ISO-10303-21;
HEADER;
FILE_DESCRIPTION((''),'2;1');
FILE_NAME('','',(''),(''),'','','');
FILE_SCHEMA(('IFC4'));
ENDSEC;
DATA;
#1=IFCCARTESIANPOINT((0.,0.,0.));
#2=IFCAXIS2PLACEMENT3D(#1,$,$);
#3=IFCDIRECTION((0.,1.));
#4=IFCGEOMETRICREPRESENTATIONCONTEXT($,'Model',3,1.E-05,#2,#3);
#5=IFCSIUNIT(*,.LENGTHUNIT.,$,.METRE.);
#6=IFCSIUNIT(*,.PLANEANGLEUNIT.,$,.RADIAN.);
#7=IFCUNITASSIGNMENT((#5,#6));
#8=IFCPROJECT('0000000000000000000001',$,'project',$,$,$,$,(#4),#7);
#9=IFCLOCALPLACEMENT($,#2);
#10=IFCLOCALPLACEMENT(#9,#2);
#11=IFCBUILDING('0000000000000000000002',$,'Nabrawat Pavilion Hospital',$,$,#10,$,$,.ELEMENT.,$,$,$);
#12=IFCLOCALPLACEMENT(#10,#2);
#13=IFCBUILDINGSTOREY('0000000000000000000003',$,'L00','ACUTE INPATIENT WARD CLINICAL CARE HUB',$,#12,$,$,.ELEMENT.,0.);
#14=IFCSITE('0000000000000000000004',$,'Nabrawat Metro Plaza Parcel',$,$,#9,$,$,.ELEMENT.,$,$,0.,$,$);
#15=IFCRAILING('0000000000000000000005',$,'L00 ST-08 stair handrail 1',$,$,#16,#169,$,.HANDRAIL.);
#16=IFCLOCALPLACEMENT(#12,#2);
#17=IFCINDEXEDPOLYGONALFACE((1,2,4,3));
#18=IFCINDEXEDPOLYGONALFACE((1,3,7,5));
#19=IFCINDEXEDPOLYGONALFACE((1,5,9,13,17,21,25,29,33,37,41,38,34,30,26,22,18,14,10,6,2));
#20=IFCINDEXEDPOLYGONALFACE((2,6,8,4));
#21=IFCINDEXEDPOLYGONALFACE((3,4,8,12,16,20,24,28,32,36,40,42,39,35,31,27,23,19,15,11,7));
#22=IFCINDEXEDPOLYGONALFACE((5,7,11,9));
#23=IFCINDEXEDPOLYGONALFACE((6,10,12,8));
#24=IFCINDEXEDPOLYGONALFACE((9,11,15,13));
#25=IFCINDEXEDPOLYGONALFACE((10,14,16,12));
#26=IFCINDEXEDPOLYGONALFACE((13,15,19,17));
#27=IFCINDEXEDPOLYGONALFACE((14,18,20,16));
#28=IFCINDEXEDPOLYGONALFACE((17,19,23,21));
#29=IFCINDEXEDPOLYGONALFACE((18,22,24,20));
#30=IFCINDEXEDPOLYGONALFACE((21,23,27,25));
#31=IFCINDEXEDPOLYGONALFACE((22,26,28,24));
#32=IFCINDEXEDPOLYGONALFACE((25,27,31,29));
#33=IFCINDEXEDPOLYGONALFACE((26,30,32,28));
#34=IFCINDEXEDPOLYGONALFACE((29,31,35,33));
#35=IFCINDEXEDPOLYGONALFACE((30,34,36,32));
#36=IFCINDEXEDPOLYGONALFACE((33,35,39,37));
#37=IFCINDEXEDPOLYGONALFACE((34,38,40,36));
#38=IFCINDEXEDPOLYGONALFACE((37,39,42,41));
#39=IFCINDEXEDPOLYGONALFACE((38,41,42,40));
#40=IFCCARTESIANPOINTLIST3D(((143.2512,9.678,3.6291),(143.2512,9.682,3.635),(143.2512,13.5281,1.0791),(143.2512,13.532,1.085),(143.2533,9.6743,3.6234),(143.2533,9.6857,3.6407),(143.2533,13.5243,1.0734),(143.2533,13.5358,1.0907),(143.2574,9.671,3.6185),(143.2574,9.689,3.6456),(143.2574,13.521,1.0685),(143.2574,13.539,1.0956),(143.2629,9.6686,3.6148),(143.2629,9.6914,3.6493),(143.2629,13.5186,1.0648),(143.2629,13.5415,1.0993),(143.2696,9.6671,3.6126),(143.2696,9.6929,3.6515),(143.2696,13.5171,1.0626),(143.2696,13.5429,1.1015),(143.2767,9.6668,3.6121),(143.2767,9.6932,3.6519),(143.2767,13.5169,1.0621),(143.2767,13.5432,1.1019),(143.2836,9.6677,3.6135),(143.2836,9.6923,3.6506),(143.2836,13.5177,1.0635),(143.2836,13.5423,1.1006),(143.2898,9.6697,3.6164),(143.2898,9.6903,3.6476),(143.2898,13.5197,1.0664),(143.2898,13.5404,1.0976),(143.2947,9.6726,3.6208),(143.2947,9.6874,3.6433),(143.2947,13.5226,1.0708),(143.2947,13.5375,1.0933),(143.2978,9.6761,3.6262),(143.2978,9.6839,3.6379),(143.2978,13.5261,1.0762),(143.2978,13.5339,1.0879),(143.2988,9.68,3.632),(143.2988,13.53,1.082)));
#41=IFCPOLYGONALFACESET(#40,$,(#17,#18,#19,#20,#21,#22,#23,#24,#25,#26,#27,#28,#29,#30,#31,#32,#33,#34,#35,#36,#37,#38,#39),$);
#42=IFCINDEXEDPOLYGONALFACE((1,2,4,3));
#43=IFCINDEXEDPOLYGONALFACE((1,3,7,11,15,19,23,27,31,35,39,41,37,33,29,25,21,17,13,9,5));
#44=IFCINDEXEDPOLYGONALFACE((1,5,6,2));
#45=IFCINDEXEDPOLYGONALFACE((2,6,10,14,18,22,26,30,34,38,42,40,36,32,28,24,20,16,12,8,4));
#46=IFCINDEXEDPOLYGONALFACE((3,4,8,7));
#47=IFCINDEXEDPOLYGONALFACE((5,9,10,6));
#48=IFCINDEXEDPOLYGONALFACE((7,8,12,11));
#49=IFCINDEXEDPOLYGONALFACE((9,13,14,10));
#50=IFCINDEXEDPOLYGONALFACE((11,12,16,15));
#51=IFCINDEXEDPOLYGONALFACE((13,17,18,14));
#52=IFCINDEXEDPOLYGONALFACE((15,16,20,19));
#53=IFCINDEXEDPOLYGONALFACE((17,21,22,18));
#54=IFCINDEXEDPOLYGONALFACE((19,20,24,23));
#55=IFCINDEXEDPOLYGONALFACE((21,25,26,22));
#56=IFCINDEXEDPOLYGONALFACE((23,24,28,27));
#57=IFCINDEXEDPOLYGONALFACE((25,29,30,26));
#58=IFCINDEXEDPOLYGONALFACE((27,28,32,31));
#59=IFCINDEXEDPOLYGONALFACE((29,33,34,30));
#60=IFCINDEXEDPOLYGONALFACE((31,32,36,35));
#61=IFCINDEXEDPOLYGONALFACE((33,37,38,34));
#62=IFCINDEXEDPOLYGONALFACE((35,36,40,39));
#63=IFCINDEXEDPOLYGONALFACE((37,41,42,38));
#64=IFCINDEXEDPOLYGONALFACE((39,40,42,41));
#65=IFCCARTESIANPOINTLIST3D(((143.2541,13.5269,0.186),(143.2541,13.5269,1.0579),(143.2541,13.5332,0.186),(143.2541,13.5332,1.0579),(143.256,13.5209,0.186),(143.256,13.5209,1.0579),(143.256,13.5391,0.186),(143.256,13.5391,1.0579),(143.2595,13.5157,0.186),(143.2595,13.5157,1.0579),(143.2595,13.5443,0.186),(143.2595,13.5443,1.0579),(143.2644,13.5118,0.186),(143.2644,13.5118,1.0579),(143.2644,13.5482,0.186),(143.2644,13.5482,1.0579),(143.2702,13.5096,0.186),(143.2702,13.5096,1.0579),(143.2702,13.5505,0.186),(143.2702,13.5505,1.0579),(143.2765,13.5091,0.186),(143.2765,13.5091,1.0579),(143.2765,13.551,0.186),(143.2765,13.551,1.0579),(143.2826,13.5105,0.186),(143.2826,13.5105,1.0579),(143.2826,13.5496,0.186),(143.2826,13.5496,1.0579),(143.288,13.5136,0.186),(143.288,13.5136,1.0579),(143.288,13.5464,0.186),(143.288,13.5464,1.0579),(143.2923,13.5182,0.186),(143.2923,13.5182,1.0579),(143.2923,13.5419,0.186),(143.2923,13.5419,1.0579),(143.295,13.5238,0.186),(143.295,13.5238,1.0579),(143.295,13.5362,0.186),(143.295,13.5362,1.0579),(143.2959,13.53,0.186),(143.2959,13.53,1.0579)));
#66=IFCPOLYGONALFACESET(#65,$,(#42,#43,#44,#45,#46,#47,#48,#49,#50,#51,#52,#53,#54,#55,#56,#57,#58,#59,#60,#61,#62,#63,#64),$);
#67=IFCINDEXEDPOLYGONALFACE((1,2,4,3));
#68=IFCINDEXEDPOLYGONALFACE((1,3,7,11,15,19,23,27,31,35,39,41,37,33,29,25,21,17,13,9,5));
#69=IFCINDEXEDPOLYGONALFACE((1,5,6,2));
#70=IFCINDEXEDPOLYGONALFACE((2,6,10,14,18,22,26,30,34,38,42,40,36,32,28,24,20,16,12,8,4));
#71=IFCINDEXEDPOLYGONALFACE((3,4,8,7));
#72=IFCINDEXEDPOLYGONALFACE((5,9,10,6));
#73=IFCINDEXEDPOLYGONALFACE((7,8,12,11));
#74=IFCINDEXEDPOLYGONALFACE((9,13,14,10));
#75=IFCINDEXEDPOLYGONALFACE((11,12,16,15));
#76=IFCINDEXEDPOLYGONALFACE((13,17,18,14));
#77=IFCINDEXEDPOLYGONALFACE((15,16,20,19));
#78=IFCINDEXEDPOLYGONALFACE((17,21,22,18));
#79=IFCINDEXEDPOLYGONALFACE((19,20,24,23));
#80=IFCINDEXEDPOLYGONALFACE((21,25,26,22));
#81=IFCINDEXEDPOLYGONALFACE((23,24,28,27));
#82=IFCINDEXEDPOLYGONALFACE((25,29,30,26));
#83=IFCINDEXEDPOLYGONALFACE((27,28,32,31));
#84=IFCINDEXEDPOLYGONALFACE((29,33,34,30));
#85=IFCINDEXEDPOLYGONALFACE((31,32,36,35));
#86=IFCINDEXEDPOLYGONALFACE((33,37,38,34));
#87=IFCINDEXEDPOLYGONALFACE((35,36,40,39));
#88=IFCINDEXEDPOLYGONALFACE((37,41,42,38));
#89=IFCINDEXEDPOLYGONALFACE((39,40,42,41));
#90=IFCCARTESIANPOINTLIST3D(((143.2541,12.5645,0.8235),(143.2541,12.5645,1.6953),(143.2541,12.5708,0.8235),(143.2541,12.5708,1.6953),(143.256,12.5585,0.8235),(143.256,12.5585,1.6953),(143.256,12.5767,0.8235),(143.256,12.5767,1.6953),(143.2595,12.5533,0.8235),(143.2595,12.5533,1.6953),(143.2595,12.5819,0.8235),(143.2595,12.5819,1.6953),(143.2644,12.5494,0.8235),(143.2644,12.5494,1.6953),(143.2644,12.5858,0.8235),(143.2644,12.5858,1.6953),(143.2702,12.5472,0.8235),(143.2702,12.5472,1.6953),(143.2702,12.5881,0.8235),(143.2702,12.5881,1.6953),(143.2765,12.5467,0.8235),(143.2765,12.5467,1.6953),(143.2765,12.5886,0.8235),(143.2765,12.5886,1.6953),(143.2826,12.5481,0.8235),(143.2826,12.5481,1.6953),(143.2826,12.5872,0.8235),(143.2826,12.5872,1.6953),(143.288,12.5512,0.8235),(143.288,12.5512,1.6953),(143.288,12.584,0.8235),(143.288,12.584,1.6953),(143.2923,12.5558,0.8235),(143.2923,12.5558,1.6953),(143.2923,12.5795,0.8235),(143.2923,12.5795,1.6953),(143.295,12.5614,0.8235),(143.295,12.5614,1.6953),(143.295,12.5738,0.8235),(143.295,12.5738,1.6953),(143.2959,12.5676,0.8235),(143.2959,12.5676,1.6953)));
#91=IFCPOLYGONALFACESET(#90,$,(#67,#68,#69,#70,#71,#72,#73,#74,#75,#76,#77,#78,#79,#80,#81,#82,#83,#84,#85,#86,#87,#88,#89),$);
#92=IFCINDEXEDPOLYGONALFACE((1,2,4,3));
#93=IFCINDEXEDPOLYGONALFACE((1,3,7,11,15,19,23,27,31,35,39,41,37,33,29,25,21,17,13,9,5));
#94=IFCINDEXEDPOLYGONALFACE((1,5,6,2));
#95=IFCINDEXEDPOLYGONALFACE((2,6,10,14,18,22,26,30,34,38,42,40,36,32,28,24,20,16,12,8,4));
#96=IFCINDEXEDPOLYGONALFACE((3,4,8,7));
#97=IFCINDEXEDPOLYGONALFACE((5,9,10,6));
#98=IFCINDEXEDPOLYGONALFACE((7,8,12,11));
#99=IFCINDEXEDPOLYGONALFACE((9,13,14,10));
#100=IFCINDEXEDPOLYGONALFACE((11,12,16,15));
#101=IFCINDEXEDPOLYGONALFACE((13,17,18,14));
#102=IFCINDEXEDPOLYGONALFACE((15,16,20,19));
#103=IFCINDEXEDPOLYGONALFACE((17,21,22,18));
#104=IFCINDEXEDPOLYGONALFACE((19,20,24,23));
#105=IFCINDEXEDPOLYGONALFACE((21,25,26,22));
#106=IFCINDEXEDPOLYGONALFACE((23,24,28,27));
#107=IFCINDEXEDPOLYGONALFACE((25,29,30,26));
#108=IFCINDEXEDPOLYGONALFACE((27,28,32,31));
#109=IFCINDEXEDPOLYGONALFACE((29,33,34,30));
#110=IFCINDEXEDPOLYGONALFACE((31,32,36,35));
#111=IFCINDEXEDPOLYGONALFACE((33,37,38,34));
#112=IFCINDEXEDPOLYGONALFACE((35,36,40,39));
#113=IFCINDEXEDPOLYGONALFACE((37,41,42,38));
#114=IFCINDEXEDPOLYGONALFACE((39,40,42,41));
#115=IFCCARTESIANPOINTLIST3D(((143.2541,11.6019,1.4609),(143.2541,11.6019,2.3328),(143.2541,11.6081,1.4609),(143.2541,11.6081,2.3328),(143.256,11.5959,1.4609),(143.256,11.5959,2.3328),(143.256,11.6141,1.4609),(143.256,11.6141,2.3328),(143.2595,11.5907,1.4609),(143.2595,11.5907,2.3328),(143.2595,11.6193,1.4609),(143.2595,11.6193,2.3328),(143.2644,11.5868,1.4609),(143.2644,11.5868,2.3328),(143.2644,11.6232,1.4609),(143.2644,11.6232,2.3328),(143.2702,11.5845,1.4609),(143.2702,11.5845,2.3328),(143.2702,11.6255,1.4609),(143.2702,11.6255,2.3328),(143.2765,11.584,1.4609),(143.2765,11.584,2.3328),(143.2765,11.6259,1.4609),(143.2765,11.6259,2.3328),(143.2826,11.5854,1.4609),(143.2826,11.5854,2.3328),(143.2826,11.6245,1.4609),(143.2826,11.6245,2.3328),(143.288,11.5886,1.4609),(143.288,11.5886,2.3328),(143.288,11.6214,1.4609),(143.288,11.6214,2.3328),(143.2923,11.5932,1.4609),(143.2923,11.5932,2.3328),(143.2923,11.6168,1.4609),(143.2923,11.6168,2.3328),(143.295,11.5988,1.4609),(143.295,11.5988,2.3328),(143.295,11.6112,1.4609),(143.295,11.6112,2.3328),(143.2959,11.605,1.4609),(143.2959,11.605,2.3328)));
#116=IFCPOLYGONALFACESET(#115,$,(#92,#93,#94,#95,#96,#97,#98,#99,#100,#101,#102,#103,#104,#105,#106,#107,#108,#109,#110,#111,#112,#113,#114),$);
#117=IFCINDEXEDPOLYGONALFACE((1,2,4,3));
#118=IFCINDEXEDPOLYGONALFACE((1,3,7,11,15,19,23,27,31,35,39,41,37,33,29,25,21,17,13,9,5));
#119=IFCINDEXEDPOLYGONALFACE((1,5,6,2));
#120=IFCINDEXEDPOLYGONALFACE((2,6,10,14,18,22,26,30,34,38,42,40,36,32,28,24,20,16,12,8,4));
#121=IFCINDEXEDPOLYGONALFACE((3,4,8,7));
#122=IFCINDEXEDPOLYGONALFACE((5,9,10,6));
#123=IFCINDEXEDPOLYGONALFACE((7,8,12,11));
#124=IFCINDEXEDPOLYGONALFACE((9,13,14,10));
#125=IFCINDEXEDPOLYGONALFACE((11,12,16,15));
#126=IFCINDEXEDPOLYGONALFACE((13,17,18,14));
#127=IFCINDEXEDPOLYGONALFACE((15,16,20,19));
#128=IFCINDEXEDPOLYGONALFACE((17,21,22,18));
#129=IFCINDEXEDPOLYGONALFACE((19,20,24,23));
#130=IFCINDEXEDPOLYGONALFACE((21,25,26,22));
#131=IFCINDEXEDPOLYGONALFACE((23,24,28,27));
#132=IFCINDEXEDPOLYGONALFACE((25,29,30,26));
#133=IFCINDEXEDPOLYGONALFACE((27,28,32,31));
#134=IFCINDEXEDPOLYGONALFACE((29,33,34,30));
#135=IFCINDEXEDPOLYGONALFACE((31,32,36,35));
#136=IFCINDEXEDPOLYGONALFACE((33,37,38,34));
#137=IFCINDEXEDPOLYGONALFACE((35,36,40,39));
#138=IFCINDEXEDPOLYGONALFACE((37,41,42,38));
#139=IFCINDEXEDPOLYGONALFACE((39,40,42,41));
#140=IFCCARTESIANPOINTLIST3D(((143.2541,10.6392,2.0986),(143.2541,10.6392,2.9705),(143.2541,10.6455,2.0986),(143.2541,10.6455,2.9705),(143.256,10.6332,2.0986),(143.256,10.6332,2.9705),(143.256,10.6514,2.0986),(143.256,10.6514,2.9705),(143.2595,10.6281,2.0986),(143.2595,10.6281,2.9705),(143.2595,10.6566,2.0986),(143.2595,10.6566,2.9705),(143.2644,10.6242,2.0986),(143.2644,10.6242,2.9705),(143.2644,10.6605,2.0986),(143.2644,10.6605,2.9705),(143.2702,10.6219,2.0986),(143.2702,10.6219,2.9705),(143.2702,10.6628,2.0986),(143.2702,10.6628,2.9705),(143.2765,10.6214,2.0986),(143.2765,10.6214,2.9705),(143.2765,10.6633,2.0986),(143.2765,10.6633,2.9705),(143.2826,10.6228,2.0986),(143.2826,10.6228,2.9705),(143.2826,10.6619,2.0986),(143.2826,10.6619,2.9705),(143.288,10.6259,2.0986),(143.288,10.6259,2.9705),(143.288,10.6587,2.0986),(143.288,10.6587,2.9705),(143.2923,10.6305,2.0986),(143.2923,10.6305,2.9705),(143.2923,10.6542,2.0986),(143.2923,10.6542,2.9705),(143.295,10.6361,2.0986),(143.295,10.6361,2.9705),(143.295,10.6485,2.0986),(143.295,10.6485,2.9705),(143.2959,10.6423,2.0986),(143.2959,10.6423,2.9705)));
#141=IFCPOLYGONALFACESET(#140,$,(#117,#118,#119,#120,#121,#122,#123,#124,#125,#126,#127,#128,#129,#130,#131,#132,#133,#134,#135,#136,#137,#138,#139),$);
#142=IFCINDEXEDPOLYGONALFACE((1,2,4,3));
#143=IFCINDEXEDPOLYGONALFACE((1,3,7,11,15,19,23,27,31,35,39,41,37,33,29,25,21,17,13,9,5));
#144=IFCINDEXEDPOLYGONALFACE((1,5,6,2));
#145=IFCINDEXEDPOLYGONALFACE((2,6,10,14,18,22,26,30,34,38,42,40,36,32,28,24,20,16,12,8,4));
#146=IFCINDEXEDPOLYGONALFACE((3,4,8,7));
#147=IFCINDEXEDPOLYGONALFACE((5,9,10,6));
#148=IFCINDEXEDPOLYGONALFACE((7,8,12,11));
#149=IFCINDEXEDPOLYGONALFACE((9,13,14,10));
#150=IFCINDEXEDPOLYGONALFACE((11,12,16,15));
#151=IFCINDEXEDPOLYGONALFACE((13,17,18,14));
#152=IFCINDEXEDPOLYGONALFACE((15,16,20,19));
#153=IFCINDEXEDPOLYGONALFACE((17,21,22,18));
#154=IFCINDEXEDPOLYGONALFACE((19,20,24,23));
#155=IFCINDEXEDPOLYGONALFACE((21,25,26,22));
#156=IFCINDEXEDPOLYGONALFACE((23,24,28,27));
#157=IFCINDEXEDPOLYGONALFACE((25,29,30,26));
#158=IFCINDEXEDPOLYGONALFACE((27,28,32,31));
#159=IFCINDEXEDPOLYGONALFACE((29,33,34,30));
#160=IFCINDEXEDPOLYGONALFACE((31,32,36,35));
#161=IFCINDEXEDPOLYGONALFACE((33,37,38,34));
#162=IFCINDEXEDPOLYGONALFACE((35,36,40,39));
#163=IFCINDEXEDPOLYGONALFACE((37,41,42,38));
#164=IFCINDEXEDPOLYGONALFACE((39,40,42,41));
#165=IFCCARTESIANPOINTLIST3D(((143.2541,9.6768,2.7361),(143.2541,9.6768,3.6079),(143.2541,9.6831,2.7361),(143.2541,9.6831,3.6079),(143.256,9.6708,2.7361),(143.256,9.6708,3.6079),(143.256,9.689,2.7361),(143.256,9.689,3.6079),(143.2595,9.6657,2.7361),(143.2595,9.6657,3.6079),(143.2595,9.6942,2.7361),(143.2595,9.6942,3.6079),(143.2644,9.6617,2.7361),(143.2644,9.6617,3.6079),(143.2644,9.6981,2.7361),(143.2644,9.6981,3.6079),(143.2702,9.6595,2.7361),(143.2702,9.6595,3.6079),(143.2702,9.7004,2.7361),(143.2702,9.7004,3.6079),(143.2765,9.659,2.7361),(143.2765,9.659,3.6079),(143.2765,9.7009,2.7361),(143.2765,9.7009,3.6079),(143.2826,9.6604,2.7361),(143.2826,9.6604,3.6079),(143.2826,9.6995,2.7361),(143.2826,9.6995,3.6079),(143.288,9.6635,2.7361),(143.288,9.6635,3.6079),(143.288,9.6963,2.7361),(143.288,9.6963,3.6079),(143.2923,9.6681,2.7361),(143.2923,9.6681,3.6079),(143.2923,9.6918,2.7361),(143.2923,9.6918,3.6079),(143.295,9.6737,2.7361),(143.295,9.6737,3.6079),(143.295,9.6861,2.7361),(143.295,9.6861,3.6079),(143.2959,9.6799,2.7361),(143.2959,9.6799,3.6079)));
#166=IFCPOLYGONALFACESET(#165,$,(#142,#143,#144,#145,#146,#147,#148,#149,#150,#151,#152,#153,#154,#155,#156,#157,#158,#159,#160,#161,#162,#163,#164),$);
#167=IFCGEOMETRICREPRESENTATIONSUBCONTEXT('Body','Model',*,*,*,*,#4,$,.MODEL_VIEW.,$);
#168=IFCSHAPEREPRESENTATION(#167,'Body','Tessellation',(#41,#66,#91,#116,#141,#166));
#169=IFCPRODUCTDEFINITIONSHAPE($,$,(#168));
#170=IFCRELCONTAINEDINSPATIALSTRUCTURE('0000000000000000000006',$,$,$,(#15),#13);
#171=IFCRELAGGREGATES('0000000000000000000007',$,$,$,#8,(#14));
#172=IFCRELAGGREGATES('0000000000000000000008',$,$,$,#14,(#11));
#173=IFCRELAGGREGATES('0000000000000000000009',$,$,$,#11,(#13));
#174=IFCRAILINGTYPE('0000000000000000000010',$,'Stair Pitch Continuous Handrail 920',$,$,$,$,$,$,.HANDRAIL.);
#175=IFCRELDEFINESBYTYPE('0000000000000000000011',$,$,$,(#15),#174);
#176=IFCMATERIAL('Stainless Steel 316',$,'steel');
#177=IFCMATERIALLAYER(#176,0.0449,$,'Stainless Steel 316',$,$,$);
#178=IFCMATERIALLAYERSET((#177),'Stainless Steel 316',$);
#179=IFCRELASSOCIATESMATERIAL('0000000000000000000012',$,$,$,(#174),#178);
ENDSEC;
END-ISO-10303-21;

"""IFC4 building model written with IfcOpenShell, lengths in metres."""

from ifc_helpers import new_model, si_unit, direction, frame, origin, origin_2d, place, context, subcontext, project, spatial, circle, extrude, material, layer, layer_set, type_object, element, save


model = new_model("IFC4")

# Units and contexts
model_context = context("Model", 3, precision=1e-05, world=origin(), true_north=direction((0.0, 1.0)))
body_context = subcontext(model_context, "Body", "Model", "MODEL_VIEW")
ifc_project = project(units=[si_unit("LENGTHUNIT", "METRE"), si_unit("PLANEANGLEUNIT", "RADIAN")], contexts=[model_context])

# Site, building, storey
site_placement = place(None, origin())
site = spatial("IfcSite", under=ifc_project, at=site_placement, Name="Nabrawat Metro Plaza Parcel", CompositionType="ELEMENT", RefElevation=0.0)
building_placement = place(site_placement, origin())
building = spatial("IfcBuilding", under=site, at=building_placement, Name="Nabrawat Pavilion Hospital", CompositionType="ELEMENT")
storey_placement = place(building_placement, origin())
storey = spatial("IfcBuildingStorey", under=building, at=storey_placement, Name="L00", Description="ACUTE INPATIENT WARD CLINICAL CARE HUB", CompositionType="ELEMENT", Elevation=0.0)

# Railing
ifc_material_1 = material(Name="Stainless Steel 316", Category="steel")
ifc_layer_1 = layer(ifc_material_1, 0.0449, Name="Stainless Steel 316")
ifc_layer_set_1 = layer_set([ifc_layer_1], Name="Stainless Steel 316")
railing_type_1 = type_object("IfcRailingType", Name="Stair Pitch Continuous Handrail 920", PredefinedType="HANDRAIL", material=ifc_layer_set_1)
for number, where, name in (
    (1, (143.2749, 13.53, 0.186), "L00 ST-08 stair handrail 1"),
):
    element("IfcRailing", number, at=place(storey_placement, frame(where)), inside=storey, type_object=railing_type_1, Name=name, PredefinedType="HANDRAIL", context=body_context, shape_type="SweptSolid", body=[
        extrude(circle(Radius=0.0239, at=origin_2d()), frame((0.0, 0.0, 0.896), z_axis=(0.0, -0.833714, 0.552197), x_axis=(1.0, 0.0, 0.0)), (0.0, 0.0, 1.0), 4.6179),
        extrude(circle(Radius=0.021, at=origin_2d()), origin(), (0.0, 0.0, 1.0), 0.8718),
        extrude(circle(Radius=0.021, at=origin_2d()), frame((0.0, -0.9624, 0.6375)), (0.0, 0.0, 1.0), 0.8718),
        extrude(circle(Radius=0.021, at=origin_2d()), frame((0.0, -1.925, 1.2749)), (0.0, 0.0, 1.0), 0.8718),
        extrude(circle(Radius=0.021, at=origin_2d()), frame((0.0, -2.8877, 1.9126)), (0.0, 0.0, 1.0), 0.8718),
        extrude(circle(Radius=0.021, at=origin_2d()), frame((0.0, -3.8501, 2.55)), (0.0, 0.0, 1.0), 0.8718),
    ])

save(model, "model.ifc")
